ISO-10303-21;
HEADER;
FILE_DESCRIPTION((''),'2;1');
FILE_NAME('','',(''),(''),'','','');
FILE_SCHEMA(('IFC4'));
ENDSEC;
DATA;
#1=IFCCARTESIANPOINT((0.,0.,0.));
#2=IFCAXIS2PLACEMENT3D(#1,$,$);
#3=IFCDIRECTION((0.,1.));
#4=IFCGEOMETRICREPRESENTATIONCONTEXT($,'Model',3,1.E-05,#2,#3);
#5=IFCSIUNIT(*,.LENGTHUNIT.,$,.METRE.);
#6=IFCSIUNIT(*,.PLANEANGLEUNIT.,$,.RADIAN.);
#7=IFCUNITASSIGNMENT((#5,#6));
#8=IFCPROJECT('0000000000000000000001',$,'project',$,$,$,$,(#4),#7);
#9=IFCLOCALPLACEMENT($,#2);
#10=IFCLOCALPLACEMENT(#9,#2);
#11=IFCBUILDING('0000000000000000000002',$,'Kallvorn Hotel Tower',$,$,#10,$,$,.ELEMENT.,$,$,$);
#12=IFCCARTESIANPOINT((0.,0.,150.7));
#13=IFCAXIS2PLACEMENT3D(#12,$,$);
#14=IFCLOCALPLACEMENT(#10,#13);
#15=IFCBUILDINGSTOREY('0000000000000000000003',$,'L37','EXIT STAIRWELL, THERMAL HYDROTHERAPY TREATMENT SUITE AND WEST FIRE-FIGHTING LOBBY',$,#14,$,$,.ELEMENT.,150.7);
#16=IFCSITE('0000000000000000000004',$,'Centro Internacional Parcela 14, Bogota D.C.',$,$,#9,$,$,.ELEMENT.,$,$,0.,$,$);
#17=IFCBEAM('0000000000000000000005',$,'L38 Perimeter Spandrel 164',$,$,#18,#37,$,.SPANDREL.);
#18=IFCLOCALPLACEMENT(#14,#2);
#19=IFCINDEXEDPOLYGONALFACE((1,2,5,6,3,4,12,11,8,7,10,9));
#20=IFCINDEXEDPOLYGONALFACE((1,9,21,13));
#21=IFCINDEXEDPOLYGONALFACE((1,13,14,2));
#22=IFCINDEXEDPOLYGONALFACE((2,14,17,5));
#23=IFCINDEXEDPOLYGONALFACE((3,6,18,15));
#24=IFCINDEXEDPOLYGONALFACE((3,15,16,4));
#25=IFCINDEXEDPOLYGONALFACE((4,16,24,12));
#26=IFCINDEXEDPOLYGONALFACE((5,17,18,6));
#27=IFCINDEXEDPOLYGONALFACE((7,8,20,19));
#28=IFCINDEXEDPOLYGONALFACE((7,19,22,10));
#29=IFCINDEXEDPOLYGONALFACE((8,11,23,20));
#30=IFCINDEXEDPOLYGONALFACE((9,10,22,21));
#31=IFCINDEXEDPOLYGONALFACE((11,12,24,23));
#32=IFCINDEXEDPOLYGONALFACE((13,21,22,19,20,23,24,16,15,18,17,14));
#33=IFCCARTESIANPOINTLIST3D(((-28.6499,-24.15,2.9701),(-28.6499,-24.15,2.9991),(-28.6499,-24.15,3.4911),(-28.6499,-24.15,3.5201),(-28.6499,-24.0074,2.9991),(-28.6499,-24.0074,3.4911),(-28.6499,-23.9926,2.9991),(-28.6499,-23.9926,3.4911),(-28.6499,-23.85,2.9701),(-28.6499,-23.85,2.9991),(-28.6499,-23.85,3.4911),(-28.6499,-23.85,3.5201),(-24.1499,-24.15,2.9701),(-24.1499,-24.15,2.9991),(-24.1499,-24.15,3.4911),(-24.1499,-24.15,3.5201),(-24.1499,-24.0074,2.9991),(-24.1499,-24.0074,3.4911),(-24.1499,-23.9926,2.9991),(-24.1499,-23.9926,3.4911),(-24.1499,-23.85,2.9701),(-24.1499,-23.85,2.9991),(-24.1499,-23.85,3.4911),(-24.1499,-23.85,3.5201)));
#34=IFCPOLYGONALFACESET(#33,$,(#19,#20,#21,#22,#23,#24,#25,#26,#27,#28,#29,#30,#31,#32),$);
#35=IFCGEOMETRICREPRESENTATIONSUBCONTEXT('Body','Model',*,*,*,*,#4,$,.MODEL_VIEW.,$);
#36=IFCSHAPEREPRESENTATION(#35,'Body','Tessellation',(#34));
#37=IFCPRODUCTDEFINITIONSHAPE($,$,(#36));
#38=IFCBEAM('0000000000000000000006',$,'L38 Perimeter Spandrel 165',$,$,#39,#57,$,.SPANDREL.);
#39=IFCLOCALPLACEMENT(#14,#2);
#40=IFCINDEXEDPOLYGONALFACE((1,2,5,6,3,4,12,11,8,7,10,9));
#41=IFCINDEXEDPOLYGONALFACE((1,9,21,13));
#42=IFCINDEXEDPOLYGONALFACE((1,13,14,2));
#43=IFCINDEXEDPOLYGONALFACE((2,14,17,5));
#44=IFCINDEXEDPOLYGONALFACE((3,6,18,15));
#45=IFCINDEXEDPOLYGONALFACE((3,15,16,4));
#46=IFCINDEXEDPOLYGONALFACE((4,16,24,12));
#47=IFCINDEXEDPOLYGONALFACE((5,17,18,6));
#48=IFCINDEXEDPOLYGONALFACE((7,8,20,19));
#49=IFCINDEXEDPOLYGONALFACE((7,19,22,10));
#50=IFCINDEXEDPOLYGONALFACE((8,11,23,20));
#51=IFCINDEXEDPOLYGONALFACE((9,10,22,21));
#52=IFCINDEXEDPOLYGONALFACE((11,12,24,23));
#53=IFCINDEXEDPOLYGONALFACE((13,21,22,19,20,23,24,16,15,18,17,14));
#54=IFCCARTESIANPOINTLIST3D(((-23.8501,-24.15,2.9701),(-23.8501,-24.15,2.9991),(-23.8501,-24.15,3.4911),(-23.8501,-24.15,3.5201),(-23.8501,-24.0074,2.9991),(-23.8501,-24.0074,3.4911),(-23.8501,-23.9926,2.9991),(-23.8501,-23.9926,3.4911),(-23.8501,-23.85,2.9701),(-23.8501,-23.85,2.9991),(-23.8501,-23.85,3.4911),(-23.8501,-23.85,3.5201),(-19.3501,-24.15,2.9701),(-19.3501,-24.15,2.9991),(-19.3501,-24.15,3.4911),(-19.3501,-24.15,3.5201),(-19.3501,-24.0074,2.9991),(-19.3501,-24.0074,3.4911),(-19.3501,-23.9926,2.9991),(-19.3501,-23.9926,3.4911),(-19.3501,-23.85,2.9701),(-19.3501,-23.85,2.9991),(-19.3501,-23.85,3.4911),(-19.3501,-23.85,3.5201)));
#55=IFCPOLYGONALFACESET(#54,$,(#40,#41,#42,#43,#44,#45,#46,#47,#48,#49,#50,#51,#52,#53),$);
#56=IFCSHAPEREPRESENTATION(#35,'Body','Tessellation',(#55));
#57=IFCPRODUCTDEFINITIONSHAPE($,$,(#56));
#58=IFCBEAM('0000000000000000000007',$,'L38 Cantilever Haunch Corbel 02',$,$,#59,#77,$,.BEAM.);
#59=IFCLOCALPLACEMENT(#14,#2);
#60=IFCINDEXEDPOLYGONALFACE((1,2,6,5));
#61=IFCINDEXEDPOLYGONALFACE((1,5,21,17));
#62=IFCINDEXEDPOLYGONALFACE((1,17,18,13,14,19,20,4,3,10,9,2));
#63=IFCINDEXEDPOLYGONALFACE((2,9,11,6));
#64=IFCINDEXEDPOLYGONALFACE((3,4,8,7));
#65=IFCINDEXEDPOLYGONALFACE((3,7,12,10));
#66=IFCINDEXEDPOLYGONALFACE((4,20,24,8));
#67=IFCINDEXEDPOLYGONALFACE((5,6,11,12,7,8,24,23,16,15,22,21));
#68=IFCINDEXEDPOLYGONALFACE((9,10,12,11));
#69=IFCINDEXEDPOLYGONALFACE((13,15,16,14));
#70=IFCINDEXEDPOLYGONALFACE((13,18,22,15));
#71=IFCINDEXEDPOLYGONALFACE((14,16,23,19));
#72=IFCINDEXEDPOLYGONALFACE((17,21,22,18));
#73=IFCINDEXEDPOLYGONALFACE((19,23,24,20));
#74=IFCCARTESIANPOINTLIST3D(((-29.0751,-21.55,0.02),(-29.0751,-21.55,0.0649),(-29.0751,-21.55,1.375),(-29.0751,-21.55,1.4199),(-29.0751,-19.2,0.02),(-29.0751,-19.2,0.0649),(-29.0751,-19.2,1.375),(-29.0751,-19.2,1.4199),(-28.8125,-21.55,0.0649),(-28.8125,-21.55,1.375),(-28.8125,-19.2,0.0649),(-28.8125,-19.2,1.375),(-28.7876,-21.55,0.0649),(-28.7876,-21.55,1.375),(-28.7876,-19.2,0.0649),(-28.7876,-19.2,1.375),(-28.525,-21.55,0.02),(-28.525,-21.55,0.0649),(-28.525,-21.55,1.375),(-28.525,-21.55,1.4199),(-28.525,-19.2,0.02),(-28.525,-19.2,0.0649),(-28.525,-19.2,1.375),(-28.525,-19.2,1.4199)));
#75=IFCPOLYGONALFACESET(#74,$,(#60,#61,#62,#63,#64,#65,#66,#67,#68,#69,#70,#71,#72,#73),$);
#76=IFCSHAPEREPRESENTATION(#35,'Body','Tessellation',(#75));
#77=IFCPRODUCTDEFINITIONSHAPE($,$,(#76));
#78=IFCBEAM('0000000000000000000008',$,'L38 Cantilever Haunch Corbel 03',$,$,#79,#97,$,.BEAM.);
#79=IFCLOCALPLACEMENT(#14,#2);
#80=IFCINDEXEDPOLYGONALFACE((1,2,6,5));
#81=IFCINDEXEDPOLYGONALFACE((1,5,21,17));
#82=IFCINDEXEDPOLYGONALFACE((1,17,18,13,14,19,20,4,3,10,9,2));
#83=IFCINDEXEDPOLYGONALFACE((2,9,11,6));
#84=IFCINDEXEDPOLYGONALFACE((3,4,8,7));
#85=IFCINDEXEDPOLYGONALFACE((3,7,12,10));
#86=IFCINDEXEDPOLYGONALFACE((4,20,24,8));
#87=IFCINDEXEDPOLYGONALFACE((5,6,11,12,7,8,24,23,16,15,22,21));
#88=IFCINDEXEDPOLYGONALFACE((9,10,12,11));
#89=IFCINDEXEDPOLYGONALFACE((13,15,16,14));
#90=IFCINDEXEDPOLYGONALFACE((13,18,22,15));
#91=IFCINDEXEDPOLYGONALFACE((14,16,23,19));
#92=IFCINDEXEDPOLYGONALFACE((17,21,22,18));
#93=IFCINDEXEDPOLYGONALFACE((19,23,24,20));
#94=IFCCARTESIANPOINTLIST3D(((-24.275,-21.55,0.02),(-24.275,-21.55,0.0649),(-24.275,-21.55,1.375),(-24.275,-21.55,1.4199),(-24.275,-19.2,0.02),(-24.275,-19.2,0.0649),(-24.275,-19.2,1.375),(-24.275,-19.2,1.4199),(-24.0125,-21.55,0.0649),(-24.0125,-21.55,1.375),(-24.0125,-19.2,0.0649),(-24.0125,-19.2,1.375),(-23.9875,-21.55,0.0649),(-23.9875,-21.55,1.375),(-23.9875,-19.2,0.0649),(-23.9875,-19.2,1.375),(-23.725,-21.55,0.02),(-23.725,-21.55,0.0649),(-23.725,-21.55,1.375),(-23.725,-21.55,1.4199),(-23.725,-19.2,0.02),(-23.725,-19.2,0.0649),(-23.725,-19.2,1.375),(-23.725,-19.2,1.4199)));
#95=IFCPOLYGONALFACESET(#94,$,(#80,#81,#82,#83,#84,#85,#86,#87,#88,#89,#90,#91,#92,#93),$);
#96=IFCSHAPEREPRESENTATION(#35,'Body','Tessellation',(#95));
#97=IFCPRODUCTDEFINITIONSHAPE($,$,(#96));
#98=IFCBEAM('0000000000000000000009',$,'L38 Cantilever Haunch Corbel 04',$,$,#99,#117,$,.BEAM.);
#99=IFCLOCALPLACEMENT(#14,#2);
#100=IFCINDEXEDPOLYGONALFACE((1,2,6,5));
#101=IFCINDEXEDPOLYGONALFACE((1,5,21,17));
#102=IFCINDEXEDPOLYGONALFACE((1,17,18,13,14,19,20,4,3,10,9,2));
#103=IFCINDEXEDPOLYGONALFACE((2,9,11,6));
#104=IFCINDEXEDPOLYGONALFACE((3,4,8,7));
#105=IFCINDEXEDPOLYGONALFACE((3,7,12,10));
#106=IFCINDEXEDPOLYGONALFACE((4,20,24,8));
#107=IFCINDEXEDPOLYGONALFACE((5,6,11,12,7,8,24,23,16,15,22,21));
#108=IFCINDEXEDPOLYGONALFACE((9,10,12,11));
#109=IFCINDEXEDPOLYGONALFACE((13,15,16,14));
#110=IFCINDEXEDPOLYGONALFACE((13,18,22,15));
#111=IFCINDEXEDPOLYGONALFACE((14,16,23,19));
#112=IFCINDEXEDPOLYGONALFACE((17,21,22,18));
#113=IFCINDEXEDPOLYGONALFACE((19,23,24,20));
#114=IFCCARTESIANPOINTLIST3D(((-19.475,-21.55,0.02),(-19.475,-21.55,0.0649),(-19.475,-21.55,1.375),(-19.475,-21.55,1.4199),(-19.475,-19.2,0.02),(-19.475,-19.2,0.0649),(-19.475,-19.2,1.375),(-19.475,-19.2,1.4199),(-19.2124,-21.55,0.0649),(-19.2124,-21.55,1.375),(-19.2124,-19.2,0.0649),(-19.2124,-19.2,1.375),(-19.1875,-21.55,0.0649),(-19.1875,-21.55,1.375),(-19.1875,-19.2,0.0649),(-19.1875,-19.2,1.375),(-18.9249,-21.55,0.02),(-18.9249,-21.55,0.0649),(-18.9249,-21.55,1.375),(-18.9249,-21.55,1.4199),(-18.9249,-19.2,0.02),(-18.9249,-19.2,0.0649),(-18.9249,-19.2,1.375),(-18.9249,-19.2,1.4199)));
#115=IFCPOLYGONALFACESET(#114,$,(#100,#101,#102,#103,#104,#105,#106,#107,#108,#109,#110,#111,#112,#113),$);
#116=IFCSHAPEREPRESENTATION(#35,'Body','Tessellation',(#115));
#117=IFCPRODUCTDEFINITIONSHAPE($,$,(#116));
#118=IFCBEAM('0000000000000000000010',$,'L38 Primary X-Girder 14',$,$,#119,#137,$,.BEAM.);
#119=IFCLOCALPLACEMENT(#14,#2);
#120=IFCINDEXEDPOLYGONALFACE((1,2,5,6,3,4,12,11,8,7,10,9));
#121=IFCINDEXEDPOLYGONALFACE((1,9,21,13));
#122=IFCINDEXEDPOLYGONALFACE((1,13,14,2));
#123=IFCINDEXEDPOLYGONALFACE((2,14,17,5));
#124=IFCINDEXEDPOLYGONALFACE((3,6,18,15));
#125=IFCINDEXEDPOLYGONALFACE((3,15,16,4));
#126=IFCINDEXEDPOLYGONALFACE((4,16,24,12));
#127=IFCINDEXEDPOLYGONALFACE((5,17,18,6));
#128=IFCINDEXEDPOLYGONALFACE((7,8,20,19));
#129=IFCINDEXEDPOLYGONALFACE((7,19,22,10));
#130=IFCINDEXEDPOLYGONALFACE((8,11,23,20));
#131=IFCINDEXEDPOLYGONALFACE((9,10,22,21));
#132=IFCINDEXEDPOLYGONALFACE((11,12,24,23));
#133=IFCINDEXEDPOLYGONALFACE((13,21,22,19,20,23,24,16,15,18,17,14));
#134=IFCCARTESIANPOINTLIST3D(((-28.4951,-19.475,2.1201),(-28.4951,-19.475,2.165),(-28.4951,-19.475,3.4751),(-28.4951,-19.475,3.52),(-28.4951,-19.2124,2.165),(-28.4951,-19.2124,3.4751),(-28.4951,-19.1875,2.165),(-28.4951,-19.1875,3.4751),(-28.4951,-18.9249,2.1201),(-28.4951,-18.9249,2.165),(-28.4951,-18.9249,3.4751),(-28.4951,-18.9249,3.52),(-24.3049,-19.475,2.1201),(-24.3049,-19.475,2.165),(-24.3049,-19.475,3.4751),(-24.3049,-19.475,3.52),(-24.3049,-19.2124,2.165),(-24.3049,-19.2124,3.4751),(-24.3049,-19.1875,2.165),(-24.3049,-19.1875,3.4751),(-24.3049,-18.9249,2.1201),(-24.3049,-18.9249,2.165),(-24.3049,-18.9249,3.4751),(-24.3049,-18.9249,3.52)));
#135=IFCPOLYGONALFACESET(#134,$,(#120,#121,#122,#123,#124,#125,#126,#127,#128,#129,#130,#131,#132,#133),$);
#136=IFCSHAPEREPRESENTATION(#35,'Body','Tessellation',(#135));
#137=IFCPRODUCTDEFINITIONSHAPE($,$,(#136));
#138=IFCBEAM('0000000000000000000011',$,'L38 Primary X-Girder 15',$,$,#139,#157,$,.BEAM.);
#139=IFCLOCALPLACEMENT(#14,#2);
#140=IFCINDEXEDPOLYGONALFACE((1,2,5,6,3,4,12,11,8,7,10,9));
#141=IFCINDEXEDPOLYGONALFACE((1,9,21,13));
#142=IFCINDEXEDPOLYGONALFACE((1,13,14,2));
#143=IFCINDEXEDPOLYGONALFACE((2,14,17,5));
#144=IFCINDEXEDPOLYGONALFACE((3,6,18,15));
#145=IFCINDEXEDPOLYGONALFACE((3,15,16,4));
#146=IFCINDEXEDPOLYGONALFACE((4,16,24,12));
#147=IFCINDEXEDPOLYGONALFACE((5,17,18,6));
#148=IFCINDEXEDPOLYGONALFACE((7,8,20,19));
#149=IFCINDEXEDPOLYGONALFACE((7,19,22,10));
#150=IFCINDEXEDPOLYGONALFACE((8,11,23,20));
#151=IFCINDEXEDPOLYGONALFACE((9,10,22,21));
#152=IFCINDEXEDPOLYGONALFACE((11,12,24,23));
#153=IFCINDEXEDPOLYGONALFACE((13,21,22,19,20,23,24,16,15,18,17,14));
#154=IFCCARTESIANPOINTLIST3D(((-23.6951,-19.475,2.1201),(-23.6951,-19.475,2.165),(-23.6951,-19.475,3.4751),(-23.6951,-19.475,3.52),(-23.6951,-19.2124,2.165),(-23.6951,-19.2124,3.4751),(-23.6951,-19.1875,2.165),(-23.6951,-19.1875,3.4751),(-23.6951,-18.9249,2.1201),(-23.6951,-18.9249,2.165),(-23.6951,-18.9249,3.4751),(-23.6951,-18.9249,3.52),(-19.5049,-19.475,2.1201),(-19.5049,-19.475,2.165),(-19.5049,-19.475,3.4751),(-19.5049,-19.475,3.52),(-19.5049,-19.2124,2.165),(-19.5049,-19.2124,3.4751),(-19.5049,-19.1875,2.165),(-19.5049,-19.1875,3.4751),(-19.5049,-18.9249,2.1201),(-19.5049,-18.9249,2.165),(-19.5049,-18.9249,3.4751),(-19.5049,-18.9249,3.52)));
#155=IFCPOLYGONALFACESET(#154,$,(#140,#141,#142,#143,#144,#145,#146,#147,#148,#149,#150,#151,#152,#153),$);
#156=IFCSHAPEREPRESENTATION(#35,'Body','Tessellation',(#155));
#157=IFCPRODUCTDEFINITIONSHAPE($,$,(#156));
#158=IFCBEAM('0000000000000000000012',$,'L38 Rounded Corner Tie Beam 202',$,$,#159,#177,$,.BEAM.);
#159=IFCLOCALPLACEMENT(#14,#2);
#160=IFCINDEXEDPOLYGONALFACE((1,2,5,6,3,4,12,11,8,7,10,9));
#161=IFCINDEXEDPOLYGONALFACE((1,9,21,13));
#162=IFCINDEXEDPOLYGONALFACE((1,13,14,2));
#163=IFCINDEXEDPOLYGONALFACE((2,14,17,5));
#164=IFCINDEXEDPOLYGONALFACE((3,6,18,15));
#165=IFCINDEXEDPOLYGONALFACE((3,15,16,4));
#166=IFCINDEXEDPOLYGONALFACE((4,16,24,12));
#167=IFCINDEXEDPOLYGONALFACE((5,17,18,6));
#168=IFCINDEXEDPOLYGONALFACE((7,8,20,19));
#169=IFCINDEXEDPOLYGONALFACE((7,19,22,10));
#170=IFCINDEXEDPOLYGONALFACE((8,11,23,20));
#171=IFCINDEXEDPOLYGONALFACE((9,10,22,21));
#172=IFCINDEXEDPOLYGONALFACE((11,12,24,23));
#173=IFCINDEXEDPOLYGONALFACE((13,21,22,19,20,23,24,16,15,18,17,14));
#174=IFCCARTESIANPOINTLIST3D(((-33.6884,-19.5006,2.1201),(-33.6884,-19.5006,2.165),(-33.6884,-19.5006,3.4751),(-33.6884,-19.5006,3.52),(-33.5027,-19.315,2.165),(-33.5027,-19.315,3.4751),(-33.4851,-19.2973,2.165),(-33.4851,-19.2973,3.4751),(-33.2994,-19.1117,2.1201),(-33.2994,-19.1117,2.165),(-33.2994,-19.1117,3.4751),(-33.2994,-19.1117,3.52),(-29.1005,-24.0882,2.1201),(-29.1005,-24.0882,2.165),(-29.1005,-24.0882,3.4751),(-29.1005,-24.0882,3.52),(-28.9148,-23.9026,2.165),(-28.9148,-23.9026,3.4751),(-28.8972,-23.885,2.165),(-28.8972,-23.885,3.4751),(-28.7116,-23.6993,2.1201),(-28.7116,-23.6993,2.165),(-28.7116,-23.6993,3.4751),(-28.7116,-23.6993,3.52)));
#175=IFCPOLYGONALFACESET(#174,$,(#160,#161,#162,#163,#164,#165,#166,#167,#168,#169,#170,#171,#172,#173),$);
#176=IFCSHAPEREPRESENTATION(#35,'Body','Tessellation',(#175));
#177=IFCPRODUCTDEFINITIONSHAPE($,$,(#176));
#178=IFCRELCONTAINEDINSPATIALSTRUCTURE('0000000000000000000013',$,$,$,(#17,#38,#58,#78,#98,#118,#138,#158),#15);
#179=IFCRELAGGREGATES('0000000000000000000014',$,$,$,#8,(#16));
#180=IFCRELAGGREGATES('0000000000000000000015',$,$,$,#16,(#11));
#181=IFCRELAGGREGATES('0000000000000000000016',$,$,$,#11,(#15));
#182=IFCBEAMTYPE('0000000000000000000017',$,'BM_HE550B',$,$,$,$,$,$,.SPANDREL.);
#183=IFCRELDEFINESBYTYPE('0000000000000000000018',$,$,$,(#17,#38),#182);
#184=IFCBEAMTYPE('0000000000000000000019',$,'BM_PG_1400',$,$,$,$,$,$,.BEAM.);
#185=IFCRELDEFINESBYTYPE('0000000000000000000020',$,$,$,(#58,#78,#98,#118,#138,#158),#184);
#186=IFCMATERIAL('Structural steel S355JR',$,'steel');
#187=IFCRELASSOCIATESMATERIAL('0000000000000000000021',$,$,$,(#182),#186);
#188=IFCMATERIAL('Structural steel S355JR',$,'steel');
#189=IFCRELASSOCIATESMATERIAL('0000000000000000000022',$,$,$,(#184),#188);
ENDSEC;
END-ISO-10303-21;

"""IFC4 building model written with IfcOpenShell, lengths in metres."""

from ifc_helpers import new_model, si_unit, direction, frame, origin, origin_2d, place, context, subcontext, project, spatial, i_section, extrude, material, material_profile, profile_set, type_object, element, save


model = new_model("IFC4")

# Units and contexts
model_context = context("Model", 3, precision=1e-05, world=origin(), true_north=direction((0.0, 1.0)))
body_context = subcontext(model_context, "Body", "Model", "MODEL_VIEW")
ifc_project = project(units=[si_unit("LENGTHUNIT", "METRE"), si_unit("PLANEANGLEUNIT", "RADIAN")], contexts=[model_context])

# Site, building, storey
site_placement = place(None, origin())
site = spatial("IfcSite", under=ifc_project, at=site_placement, Name="Centro Internacional Parcela 14, Bogota D.C.", CompositionType="ELEMENT", RefElevation=0.0)
building_placement = place(site_placement, origin())
building = spatial("IfcBuilding", under=site, at=building_placement, Name="Kallvorn Hotel Tower", CompositionType="ELEMENT")
storey_placement = place(building_placement, frame((0.0, 0.0, 150.7)))
storey = spatial("IfcBuildingStorey", under=building, at=storey_placement, Name="L37", Description="EXIT STAIRWELL, THERMAL HYDROTHERAPY TREATMENT SUITE AND WEST FIRE-FIGHTING LOBBY", CompositionType="ELEMENT", Elevation=150.7)

# Beams
ifc_material_1 = material(Name="Structural steel S355JR", Category="steel")
ifc_material_profile_1 = material_profile(ifc_material_1, i_section(OverallWidth=0.3, OverallDepth=0.55, WebThickness=0.0149, FlangeThickness=0.0291, at=origin_2d()), Name="HE 550 B")
ifc_profile_set_1 = profile_set([ifc_material_profile_1], Name="Structural steel S355JR")
beam_type_1 = type_object("IfcBeamType", Name="BM_HE550B", PredefinedType="SPANDREL", material=ifc_profile_set_1)
for number, where, z_axis, x_axis, name in (
    (1, (-28.6499, -24.0, 3.2451), (1.0, 0.0, 0.0), (0.0, 1.0, 0.0), "L38 Perimeter Spandrel 164"),
    (2, (-23.8501, -24.0, 3.2451), (1.0, 0.0, 0.0), (0.0, 1.0, 0.0), "L38 Perimeter Spandrel 165"),
):
    element("IfcBeam", number, at=place(storey_placement, frame(where, z_axis=z_axis, x_axis=x_axis)), inside=storey, type_object=beam_type_1, Name=name, PredefinedType="SPANDREL", context=body_context, shape_type="SweptSolid", body=[
        extrude(i_section(OverallWidth=0.3, OverallDepth=0.55, WebThickness=0.0149, FlangeThickness=0.0291, at=origin_2d()), origin(), (0.0, 0.0, 1.0), 4.5),
    ])
ifc_material_2 = material(Name="Structural steel S355JR", Category="steel")
ifc_material_profile_2 = material_profile(ifc_material_2, i_section(OverallWidth=0.55, OverallDepth=1.3999, WebThickness=0.0249, FlangeThickness=0.0449, at=origin_2d()), Name="PG 1400x550x25x45")
ifc_profile_set_2 = profile_set([ifc_material_profile_2], Name="Structural steel S355JR")
beam_type_2 = type_object("IfcBeamType", Name="BM_PG_1400", PredefinedType="BEAM", material=ifc_profile_set_2)
for number, where, z_axis, x_axis, name in (
    (3, (-28.8, -19.2, 0.72), (0.0, -1.0, 0.0), (1.0, 0.0, 0.0), "L38 Cantilever Haunch Corbel 02"),
    (4, (-24.0, -19.2, 0.72), (0.0, -1.0, 0.0), (1.0, 0.0, 0.0), "L38 Cantilever Haunch Corbel 03"),
    (5, (-19.2, -19.2, 0.72), (0.0, -1.0, 0.0), (1.0, 0.0, 0.0), "L38 Cantilever Haunch Corbel 04"),
):
    element("IfcBeam", number, at=place(storey_placement, frame(where, z_axis=z_axis, x_axis=x_axis)), inside=storey, type_object=beam_type_2, Name=name, PredefinedType="BEAM", context=body_context, shape_type="SweptSolid", body=[
        extrude(i_section(OverallWidth=0.55, OverallDepth=1.3999, WebThickness=0.0249, FlangeThickness=0.0449, at=origin_2d()), origin(), (0.0, 0.0, 1.0), 2.3501),
    ])
for number, where, z_axis, x_axis, name in (
    (6, (-28.4951, -19.2, 2.8201), (1.0, 0.0, 0.0), (0.0, 1.0, 0.0), "L38 Primary X-Girder 14"),
    (7, (-23.6951, -19.2, 2.8201), (1.0, 0.0, 0.0), (0.0, 1.0, 0.0), "L38 Primary X-Girder 15"),
):
    element("IfcBeam", number, at=place(storey_placement, frame(where, z_axis=z_axis, x_axis=x_axis)), inside=storey, type_object=beam_type_2, Name=name, PredefinedType="BEAM", context=body_context, shape_type="SweptSolid", body=[
        extrude(i_section(OverallWidth=0.55, OverallDepth=1.3999, WebThickness=0.0249, FlangeThickness=0.0449, at=origin_2d()), origin(), (0.0, 0.0, 1.0), 4.1902),
    ])
beam_placement = place(storey_placement, frame((-33.4939, -19.3062, 2.8201), z_axis=(0.707126, -0.707088, 0.0), x_axis=(0.707088, 0.707126, 0.0)))
element("IfcBeam", 8, at=beam_placement, inside=storey, type_object=beam_type_2, Name="L38 Rounded Corner Tie Beam 202", PredefinedType="BEAM", context=body_context, shape_type="SweptSolid", body=[
    extrude(i_section(OverallWidth=0.55, OverallDepth=1.3999, WebThickness=0.0249, FlangeThickness=0.0449, at=origin_2d()), origin(), (0.0, 0.0, 1.0), 6.488),
])

save(model, "model.ifc")
